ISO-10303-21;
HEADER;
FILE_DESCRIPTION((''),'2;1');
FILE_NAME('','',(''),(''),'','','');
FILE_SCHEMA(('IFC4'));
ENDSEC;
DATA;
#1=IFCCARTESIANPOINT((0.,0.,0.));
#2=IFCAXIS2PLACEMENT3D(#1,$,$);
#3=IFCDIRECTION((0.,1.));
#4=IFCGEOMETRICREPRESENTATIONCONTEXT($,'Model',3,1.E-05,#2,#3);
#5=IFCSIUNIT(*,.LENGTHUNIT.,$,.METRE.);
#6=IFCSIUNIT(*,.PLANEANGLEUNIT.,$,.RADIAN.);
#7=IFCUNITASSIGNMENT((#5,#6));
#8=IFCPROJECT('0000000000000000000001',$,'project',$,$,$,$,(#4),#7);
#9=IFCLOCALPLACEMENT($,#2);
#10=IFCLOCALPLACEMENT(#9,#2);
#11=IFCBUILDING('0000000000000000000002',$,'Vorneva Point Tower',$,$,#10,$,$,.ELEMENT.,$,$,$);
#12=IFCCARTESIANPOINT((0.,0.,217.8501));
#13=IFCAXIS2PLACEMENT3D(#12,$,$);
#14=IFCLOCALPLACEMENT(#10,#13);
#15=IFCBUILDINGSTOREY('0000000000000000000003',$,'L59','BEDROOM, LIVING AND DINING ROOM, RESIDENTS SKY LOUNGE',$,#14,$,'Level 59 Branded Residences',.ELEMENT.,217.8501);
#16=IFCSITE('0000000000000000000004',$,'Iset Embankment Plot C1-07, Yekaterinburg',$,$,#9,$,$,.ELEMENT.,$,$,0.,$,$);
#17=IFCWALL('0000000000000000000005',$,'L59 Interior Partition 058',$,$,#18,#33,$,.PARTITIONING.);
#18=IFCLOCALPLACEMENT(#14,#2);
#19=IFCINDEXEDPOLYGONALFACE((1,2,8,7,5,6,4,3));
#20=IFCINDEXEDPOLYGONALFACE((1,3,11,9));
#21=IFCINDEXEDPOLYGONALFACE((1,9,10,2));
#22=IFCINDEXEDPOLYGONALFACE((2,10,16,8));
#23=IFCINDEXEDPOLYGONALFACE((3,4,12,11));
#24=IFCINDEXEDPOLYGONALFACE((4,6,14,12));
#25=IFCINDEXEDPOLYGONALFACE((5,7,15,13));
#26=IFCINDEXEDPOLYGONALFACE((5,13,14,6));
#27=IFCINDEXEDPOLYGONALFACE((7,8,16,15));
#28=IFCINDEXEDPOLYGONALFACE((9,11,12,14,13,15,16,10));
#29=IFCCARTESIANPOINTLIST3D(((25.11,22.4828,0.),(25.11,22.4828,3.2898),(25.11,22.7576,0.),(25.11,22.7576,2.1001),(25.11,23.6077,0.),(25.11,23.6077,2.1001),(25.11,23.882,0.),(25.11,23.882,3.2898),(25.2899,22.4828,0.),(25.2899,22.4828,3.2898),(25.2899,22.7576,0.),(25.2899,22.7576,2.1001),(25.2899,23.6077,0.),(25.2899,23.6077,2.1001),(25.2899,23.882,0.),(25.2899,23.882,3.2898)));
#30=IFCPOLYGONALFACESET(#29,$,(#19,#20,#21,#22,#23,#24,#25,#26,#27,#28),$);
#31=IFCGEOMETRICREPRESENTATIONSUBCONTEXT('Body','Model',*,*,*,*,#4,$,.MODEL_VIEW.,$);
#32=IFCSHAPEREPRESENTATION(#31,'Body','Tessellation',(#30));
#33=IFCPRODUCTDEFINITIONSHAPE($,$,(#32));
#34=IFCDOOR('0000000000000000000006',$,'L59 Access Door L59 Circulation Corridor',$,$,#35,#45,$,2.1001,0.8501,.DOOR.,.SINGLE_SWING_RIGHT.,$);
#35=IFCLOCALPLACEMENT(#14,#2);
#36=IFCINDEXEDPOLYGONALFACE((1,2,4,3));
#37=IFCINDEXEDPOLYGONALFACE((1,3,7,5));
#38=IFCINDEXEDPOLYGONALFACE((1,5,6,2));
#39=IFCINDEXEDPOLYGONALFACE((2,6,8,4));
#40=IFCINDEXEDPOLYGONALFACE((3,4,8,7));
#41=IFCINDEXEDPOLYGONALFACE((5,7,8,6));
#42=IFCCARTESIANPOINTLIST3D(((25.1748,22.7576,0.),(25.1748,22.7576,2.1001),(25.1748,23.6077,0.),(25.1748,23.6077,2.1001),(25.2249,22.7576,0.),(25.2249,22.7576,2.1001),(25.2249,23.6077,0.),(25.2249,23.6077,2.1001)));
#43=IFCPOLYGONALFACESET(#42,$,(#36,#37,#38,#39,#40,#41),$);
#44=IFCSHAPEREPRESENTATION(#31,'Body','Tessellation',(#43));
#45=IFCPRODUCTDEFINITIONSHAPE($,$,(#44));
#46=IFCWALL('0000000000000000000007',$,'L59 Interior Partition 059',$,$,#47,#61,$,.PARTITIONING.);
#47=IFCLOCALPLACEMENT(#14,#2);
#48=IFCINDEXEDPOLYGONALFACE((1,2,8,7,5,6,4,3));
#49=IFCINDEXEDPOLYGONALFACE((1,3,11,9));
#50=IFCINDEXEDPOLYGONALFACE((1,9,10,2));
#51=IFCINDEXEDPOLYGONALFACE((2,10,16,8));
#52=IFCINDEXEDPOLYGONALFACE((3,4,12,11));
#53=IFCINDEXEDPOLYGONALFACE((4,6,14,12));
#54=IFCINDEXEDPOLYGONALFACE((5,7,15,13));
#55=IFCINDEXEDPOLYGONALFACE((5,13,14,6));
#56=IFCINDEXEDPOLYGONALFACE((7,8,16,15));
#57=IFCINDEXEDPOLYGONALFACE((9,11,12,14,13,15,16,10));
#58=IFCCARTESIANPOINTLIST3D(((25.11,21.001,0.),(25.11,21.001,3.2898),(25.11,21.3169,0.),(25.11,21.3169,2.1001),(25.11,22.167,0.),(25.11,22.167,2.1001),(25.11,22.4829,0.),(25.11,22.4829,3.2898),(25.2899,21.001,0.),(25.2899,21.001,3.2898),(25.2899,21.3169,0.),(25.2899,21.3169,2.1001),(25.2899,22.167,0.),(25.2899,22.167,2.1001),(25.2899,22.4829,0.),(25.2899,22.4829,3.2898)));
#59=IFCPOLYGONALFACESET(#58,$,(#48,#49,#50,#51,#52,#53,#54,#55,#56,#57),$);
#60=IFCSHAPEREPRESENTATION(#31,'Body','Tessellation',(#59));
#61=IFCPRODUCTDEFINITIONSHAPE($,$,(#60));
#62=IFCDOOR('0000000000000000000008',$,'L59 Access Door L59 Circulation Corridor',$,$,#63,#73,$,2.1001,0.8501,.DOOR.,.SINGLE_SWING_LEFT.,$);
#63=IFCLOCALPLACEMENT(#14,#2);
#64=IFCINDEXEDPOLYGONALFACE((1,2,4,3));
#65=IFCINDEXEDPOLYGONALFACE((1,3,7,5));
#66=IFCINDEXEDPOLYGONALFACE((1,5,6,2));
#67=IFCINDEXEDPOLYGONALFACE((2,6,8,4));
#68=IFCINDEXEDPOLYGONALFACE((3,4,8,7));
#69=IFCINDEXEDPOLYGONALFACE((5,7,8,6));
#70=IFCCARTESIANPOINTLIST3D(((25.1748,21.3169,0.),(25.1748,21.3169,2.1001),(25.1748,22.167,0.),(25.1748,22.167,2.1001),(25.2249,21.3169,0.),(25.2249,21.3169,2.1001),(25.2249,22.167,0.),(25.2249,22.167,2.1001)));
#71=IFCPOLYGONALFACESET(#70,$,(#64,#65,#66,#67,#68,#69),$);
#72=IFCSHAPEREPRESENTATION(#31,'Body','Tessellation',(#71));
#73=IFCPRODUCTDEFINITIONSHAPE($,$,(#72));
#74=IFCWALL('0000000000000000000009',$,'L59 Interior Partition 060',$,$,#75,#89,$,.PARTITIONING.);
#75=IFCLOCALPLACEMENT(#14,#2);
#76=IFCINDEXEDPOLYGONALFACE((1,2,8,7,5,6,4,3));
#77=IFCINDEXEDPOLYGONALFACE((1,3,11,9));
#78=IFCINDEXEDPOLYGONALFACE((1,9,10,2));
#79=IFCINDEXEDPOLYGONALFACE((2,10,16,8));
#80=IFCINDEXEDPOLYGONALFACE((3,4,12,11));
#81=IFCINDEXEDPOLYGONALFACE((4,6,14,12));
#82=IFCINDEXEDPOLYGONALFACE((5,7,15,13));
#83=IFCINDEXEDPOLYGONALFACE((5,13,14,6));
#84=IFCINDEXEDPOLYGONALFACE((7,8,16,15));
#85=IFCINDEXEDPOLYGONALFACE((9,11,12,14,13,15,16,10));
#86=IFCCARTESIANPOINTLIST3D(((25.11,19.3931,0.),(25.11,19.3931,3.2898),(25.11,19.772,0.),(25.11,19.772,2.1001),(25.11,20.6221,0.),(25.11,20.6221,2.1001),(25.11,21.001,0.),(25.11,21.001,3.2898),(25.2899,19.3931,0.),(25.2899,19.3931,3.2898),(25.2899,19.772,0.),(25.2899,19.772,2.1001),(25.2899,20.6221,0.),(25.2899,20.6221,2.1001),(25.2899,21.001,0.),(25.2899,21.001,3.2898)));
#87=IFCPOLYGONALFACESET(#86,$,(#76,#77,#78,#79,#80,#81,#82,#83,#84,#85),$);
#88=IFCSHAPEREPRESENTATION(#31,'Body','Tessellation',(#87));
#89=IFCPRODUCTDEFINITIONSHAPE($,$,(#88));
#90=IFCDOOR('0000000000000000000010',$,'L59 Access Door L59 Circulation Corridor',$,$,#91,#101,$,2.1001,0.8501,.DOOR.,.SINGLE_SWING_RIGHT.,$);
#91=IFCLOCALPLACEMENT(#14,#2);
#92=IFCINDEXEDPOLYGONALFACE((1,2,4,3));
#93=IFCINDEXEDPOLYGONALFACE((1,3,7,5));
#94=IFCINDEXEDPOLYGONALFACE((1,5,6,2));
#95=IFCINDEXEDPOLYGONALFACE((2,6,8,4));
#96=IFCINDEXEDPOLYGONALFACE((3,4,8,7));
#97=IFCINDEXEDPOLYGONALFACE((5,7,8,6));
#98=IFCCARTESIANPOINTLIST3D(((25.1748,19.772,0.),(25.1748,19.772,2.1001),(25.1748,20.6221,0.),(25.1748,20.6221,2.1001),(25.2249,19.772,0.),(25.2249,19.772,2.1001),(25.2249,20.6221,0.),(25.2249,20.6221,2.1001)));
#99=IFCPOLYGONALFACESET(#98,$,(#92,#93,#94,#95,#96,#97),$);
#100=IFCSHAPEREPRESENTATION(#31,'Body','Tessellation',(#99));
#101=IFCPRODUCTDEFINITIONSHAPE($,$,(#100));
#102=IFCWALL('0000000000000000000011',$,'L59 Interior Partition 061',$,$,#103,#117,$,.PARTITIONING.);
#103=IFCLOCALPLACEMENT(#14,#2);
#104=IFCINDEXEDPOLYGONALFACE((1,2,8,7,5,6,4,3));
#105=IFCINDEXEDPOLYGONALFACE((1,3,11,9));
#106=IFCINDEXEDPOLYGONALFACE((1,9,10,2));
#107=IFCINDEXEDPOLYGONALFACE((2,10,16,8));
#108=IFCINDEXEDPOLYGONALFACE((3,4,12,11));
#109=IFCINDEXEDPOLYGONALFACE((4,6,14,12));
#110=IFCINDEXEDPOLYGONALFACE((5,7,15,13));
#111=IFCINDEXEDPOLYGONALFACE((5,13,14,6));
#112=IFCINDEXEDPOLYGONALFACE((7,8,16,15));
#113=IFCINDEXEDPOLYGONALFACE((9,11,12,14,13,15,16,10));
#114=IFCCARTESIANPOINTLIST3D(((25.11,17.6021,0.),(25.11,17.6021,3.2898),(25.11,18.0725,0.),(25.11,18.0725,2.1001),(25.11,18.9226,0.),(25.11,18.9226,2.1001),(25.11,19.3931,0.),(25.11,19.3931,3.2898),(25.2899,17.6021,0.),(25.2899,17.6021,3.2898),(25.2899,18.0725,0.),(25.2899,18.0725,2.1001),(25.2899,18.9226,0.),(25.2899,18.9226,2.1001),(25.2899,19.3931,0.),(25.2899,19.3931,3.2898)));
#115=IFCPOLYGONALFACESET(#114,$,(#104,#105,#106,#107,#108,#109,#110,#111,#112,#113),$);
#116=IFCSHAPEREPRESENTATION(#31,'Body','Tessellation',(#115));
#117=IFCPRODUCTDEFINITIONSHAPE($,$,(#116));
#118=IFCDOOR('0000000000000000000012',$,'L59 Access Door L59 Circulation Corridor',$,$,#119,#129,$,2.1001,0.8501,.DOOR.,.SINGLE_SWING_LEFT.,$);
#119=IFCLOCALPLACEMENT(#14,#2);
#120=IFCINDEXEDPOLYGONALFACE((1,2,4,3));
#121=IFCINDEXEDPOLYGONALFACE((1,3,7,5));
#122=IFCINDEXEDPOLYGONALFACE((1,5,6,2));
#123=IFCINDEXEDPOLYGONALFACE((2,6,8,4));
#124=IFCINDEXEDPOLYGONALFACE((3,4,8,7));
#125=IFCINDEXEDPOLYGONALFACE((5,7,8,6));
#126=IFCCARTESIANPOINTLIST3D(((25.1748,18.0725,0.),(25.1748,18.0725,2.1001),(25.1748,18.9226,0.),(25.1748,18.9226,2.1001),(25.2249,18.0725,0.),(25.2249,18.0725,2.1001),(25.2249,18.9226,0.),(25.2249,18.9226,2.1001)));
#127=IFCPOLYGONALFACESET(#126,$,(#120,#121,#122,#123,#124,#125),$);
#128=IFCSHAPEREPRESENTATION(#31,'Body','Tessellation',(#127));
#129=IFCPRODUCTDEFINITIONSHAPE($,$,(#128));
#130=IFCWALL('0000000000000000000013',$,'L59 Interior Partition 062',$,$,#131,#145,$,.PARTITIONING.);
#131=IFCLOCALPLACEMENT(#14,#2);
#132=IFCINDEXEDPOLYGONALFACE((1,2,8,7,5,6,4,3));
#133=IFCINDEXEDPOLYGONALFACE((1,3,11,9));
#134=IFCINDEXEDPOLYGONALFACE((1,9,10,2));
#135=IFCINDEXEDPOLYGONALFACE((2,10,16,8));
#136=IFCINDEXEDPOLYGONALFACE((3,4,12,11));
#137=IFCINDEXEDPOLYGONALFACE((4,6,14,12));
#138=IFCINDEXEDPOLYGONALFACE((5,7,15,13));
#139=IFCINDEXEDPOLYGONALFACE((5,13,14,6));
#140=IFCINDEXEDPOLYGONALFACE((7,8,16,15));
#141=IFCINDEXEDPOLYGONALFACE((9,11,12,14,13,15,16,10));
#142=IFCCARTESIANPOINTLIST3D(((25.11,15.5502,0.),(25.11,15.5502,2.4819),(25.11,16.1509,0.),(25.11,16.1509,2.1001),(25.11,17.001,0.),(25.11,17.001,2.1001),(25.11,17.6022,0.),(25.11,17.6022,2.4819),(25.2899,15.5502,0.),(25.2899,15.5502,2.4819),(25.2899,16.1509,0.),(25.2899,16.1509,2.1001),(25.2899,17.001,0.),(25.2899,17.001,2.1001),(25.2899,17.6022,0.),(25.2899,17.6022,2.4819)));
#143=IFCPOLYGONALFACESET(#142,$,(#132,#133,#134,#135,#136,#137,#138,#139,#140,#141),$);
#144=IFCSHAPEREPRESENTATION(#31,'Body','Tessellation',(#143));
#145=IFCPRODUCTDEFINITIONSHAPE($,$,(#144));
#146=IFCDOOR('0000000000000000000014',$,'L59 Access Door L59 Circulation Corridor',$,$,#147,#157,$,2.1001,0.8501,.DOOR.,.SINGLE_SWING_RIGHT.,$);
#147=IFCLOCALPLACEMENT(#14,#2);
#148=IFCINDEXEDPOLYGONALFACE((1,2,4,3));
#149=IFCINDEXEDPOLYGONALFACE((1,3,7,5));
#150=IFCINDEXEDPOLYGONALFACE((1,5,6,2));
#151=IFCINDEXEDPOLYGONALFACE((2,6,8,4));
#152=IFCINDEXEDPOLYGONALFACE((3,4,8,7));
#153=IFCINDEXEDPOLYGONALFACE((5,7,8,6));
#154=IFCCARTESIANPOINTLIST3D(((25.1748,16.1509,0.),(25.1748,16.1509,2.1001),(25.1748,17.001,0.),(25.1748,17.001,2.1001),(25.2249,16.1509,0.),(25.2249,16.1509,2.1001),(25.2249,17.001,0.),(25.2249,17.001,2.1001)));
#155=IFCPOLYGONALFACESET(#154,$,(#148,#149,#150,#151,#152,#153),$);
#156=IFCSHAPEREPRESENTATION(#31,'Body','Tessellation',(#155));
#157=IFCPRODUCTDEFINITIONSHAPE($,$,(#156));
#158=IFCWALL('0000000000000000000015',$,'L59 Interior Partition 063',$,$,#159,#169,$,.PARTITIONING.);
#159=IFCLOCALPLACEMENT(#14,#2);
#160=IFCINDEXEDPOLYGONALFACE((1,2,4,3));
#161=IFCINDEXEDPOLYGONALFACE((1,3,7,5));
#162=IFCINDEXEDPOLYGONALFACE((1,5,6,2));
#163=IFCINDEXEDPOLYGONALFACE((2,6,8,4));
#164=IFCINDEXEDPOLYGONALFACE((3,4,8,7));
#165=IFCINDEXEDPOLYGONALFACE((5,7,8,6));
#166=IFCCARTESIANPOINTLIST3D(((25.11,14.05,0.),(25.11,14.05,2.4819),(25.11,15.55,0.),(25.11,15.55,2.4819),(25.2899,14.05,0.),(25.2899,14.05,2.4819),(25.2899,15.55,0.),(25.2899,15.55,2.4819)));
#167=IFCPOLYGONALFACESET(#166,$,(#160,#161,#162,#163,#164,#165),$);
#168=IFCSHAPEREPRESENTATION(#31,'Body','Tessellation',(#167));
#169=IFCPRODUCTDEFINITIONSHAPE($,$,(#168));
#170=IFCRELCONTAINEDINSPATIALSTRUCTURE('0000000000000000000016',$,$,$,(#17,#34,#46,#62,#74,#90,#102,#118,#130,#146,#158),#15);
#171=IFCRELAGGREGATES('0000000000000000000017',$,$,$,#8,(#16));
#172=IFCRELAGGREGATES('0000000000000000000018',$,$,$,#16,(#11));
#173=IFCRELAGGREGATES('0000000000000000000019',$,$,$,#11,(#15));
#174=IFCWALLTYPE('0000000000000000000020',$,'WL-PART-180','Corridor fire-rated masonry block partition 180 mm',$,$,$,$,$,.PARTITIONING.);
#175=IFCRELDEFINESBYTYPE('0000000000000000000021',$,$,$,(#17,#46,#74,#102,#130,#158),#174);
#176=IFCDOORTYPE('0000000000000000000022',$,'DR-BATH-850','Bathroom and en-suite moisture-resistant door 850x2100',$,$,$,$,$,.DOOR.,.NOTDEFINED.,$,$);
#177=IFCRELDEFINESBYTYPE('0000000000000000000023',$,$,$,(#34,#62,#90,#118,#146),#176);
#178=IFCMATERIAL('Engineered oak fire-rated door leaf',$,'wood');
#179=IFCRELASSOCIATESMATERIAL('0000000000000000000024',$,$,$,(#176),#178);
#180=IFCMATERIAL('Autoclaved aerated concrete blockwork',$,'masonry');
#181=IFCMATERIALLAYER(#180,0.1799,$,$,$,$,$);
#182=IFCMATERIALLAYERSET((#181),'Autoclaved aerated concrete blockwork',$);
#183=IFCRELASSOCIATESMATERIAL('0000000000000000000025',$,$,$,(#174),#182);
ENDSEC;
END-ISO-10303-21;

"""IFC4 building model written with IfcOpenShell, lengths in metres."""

from ifc_helpers import new_model, si_unit, direction, frame, frame_2d, origin, place, context, subcontext, project, spatial, rectangle, extrude, material, layer, layer_set, type_object, element, fill, save


model = new_model("IFC4")

# Units and contexts
model_context = context("Model", 3, precision=1e-05, world=origin(), true_north=direction((0.0, 1.0)))
body_context = subcontext(model_context, "Body", "Model", "MODEL_VIEW")
ifc_project = project(units=[si_unit("LENGTHUNIT", "METRE"), si_unit("PLANEANGLEUNIT", "RADIAN")], contexts=[model_context])

# Site, building, storey
site_placement = place(None, origin())
site = spatial("IfcSite", under=ifc_project, at=site_placement, Name="Iset Embankment Plot C1-07, Yekaterinburg", CompositionType="ELEMENT", RefElevation=0.0)
building_placement = place(site_placement, origin())
building = spatial("IfcBuilding", under=site, at=building_placement, Name="Vorneva Point Tower", CompositionType="ELEMENT")
storey_placement = place(building_placement, frame((0.0, 0.0, 217.8501)))
storey = spatial("IfcBuildingStorey", under=building, at=storey_placement, Name="L59", Description="BEDROOM, LIVING AND DINING ROOM, RESIDENTS SKY LOUNGE", LongName="Level 59 Branded Residences", CompositionType="ELEMENT", Elevation=217.8501)

# Shared definitions
ifc_material_1 = material(Name="Engineered oak fire-rated door leaf", Category="wood")
door_type = type_object("IfcDoorType", Name="DR-BATH-850", Description="Bathroom and en-suite moisture-resistant door 850x2100", OperationType="NOTDEFINED", PredefinedType="DOOR", material=ifc_material_1)

# Shared definitions
ifc_material_2 = material(Name="Autoclaved aerated concrete blockwork", Category="masonry")
ifc_layer_1 = layer(ifc_material_2, 0.1799)
ifc_layer_set_1 = layer_set([ifc_layer_1], Name="Autoclaved aerated concrete blockwork")
wall_type_1 = type_object("IfcWallType", Name="WL-PART-180", Description="Corridor fire-rated masonry block partition 180 mm", PredefinedType="PARTITIONING", material=ifc_layer_set_1)

# Walls, openings, doors
wall_1_placement = place(storey_placement, frame((25.2, 23.8821, 0.0), z_axis=(0.0, 0.0, 1.0), x_axis=(0.0, -1.0, 0.0)))
wall_1 = element("IfcWall", 1, at=wall_1_placement, inside=storey, type_object=wall_type_1, Name="L59 Interior Partition 058", PredefinedType="PARTITIONING", context=body_context, shape_type="SweptSolid", body=[
    extrude(rectangle(XDim=1.3992, YDim=0.1799, at=frame_2d((0.6997, 0.0))), origin(), (0.0, 0.0, 1.0), 3.2898),
])
opening_1_placement = place(wall_1_placement, frame((0.2744, 0.0, 0.0)))
opening_1 = element("IfcOpeningElement", 2, at=opening_1_placement, cuts=wall_1, PredefinedType="OPENING", context=body_context, shape_type="SweptSolid", body=[
    extrude(rectangle(XDim=0.8501, YDim=2.1001, at=frame_2d((0.425, 1.05))), frame((0.0, 0.105, 0.0), z_axis=(0.0, -1.0, 0.0), x_axis=(1.0, 0.0, 0.0)), (0.0, 0.0, 1.0), 0.2097),
])
door_1_placement = place(opening_1_placement, origin())
door_1 = element("IfcDoor", 3, at=door_1_placement, inside=storey, type_object=door_type, Name="L59 Access Door L59 Circulation Corridor", OperationType="SINGLE_SWING_RIGHT", OverallHeight=2.1001, OverallWidth=0.8501, PredefinedType="DOOR", context=body_context, shape_type="SweptSolid", body=[
    extrude(rectangle(XDim=0.8501, YDim=2.1001, at=frame_2d((0.425, 1.05))), frame((0.0, 0.0249, 0.0), z_axis=(0.0, -1.0, 0.0), x_axis=(1.0, 0.0, 0.0)), (0.0, 0.0, 1.0), 0.05),
])
fill(opening_1, door_1)
wall_2_placement = place(storey_placement, frame((25.2, 22.4829, 0.0), z_axis=(0.0, 0.0, 1.0), x_axis=(0.0, -1.0, 0.0)))
wall_2 = element("IfcWall", 4, at=wall_2_placement, inside=storey, type_object=wall_type_1, Name="L59 Interior Partition 059", PredefinedType="PARTITIONING", context=body_context, shape_type="SweptSolid", body=[
    extrude(rectangle(XDim=1.4819, YDim=0.1799, at=frame_2d((0.741, 0.0))), origin(), (0.0, 0.0, 1.0), 3.2898),
])
opening_2_placement = place(wall_2_placement, frame((0.3159, 0.0, 0.0)))
opening_2 = element("IfcOpeningElement", 5, at=opening_2_placement, cuts=wall_2, PredefinedType="OPENING", context=body_context, shape_type="SweptSolid", body=[
    extrude(rectangle(XDim=0.8501, YDim=2.1001, at=frame_2d((0.425, 1.05))), frame((0.0, 0.105, 0.0), z_axis=(0.0, -1.0, 0.0), x_axis=(1.0, 0.0, 0.0)), (0.0, 0.0, 1.0), 0.2097),
])
door_2_placement = place(opening_2_placement, origin())
door_2 = element("IfcDoor", 6, at=door_2_placement, inside=storey, type_object=door_type, Name="L59 Access Door L59 Circulation Corridor", OperationType="SINGLE_SWING_LEFT", OverallHeight=2.1001, OverallWidth=0.8501, PredefinedType="DOOR", context=body_context, shape_type="SweptSolid", body=[
    extrude(rectangle(XDim=0.8501, YDim=2.1001, at=frame_2d((0.425, 1.05))), frame((0.0, 0.0249, 0.0), z_axis=(0.0, -1.0, 0.0), x_axis=(1.0, 0.0, 0.0)), (0.0, 0.0, 1.0), 0.05),
])
fill(opening_2, door_2)
wall_3_placement = place(storey_placement, frame((25.2, 21.001, 0.0), z_axis=(0.0, 0.0, 1.0), x_axis=(0.0, -1.0, 0.0)))
wall_3 = element("IfcWall", 7, at=wall_3_placement, inside=storey, type_object=wall_type_1, Name="L59 Interior Partition 060", PredefinedType="PARTITIONING", context=body_context, shape_type="SweptSolid", body=[
    extrude(rectangle(XDim=1.6079, YDim=0.1799, at=frame_2d((0.804, 0.0))), origin(), (0.0, 0.0, 1.0), 3.2898),
])
opening_3_placement = place(wall_3_placement, frame((0.3789, 0.0, 0.0)))
opening_3 = element("IfcOpeningElement", 8, at=opening_3_placement, cuts=wall_3, PredefinedType="OPENING", context=body_context, shape_type="SweptSolid", body=[
    extrude(rectangle(XDim=0.8501, YDim=2.1001, at=frame_2d((0.425, 1.05))), frame((0.0, 0.105, 0.0), z_axis=(0.0, -1.0, 0.0), x_axis=(1.0, 0.0, 0.0)), (0.0, 0.0, 1.0), 0.2097),
])
door_3_placement = place(opening_3_placement, origin())
door_3 = element("IfcDoor", 9, at=door_3_placement, inside=storey, type_object=door_type, Name="L59 Access Door L59 Circulation Corridor", OperationType="SINGLE_SWING_RIGHT", OverallHeight=2.1001, OverallWidth=0.8501, PredefinedType="DOOR", context=body_context, shape_type="SweptSolid", body=[
    extrude(rectangle(XDim=0.8501, YDim=2.1001, at=frame_2d((0.425, 1.05))), frame((0.0, 0.0249, 0.0), z_axis=(0.0, -1.0, 0.0), x_axis=(1.0, 0.0, 0.0)), (0.0, 0.0, 1.0), 0.05),
])
fill(opening_3, door_3)
wall_4_placement = place(storey_placement, frame((25.2, 19.3931, 0.0), z_axis=(0.0, 0.0, 1.0), x_axis=(0.0, -1.0, 0.0)))
wall_4 = element("IfcWall", 10, at=wall_4_placement, inside=storey, type_object=wall_type_1, Name="L59 Interior Partition 061", PredefinedType="PARTITIONING", context=body_context, shape_type="SweptSolid", body=[
    extrude(rectangle(XDim=1.791, YDim=0.1799, at=frame_2d((0.8955, 0.0))), origin(), (0.0, 0.0, 1.0), 3.2898),
])
opening_4_placement = place(wall_4_placement, frame((0.4705, 0.0, 0.0)))
opening_4 = element("IfcOpeningElement", 11, at=opening_4_placement, cuts=wall_4, PredefinedType="OPENING", context=body_context, shape_type="SweptSolid", body=[
    extrude(rectangle(XDim=0.8501, YDim=2.1001, at=frame_2d((0.425, 1.05))), frame((0.0, 0.105, 0.0), z_axis=(0.0, -1.0, 0.0), x_axis=(1.0, 0.0, 0.0)), (0.0, 0.0, 1.0), 0.2097),
])
door_4_placement = place(opening_4_placement, origin())
door_4 = element("IfcDoor", 12, at=door_4_placement, inside=storey, type_object=door_type, Name="L59 Access Door L59 Circulation Corridor", OperationType="SINGLE_SWING_LEFT", OverallHeight=2.1001, OverallWidth=0.8501, PredefinedType="DOOR", context=body_context, shape_type="SweptSolid", body=[
    extrude(rectangle(XDim=0.8501, YDim=2.1001, at=frame_2d((0.425, 1.05))), frame((0.0, 0.0249, 0.0), z_axis=(0.0, -1.0, 0.0), x_axis=(1.0, 0.0, 0.0)), (0.0, 0.0, 1.0), 0.05),
])
fill(opening_4, door_4)
wall_5_placement = place(storey_placement, frame((25.2, 17.6021, 0.0), z_axis=(0.0, 0.0, 1.0), x_axis=(0.0, -1.0, 0.0)))
wall_5 = element("IfcWall", 13, at=wall_5_placement, inside=storey, type_object=wall_type_1, Name="L59 Interior Partition 062", PredefinedType="PARTITIONING", context=body_context, shape_type="SweptSolid", body=[
    extrude(rectangle(XDim=2.052, YDim=0.1799, at=frame_2d((1.0259, 0.0))), origin(), (0.0, 0.0, 1.0), 2.4819),
])
opening_5_placement = place(wall_5_placement, frame((0.6011, 0.0, 0.0)))
opening_5 = element("IfcOpeningElement", 14, at=opening_5_placement, cuts=wall_5, PredefinedType="OPENING", context=body_context, shape_type="SweptSolid", body=[
    extrude(rectangle(XDim=0.8501, YDim=2.1001, at=frame_2d((0.425, 1.05))), frame((0.0, 0.105, 0.0), z_axis=(0.0, -1.0, 0.0), x_axis=(1.0, 0.0, 0.0)), (0.0, 0.0, 1.0), 0.2097),
])
door_5_placement = place(opening_5_placement, origin())
door_5 = element("IfcDoor", 15, at=door_5_placement, inside=storey, type_object=door_type, Name="L59 Access Door L59 Circulation Corridor", OperationType="SINGLE_SWING_RIGHT", OverallHeight=2.1001, OverallWidth=0.8501, PredefinedType="DOOR", context=body_context, shape_type="SweptSolid", body=[
    extrude(rectangle(XDim=0.8501, YDim=2.1001, at=frame_2d((0.425, 1.05))), frame((0.0, 0.0249, 0.0), z_axis=(0.0, -1.0, 0.0), x_axis=(1.0, 0.0, 0.0)), (0.0, 0.0, 1.0), 0.05),
])
fill(opening_5, door_5)

# Wall
wall_6_placement = place(storey_placement, frame((25.2, 15.55, 0.0), z_axis=(0.0, 0.0, 1.0), x_axis=(0.0, -1.0, 0.0)))
element("IfcWall", 16, at=wall_6_placement, inside=storey, type_object=wall_type_1, Name="L59 Interior Partition 063", PredefinedType="PARTITIONING", context=body_context, shape_type="SweptSolid", body=[
    extrude(rectangle(XDim=1.5, YDim=0.1799, at=frame_2d((0.75, 0.0))), origin(), (0.0, 0.0, 1.0), 2.4819),
])

save(model, "model.ifc")
